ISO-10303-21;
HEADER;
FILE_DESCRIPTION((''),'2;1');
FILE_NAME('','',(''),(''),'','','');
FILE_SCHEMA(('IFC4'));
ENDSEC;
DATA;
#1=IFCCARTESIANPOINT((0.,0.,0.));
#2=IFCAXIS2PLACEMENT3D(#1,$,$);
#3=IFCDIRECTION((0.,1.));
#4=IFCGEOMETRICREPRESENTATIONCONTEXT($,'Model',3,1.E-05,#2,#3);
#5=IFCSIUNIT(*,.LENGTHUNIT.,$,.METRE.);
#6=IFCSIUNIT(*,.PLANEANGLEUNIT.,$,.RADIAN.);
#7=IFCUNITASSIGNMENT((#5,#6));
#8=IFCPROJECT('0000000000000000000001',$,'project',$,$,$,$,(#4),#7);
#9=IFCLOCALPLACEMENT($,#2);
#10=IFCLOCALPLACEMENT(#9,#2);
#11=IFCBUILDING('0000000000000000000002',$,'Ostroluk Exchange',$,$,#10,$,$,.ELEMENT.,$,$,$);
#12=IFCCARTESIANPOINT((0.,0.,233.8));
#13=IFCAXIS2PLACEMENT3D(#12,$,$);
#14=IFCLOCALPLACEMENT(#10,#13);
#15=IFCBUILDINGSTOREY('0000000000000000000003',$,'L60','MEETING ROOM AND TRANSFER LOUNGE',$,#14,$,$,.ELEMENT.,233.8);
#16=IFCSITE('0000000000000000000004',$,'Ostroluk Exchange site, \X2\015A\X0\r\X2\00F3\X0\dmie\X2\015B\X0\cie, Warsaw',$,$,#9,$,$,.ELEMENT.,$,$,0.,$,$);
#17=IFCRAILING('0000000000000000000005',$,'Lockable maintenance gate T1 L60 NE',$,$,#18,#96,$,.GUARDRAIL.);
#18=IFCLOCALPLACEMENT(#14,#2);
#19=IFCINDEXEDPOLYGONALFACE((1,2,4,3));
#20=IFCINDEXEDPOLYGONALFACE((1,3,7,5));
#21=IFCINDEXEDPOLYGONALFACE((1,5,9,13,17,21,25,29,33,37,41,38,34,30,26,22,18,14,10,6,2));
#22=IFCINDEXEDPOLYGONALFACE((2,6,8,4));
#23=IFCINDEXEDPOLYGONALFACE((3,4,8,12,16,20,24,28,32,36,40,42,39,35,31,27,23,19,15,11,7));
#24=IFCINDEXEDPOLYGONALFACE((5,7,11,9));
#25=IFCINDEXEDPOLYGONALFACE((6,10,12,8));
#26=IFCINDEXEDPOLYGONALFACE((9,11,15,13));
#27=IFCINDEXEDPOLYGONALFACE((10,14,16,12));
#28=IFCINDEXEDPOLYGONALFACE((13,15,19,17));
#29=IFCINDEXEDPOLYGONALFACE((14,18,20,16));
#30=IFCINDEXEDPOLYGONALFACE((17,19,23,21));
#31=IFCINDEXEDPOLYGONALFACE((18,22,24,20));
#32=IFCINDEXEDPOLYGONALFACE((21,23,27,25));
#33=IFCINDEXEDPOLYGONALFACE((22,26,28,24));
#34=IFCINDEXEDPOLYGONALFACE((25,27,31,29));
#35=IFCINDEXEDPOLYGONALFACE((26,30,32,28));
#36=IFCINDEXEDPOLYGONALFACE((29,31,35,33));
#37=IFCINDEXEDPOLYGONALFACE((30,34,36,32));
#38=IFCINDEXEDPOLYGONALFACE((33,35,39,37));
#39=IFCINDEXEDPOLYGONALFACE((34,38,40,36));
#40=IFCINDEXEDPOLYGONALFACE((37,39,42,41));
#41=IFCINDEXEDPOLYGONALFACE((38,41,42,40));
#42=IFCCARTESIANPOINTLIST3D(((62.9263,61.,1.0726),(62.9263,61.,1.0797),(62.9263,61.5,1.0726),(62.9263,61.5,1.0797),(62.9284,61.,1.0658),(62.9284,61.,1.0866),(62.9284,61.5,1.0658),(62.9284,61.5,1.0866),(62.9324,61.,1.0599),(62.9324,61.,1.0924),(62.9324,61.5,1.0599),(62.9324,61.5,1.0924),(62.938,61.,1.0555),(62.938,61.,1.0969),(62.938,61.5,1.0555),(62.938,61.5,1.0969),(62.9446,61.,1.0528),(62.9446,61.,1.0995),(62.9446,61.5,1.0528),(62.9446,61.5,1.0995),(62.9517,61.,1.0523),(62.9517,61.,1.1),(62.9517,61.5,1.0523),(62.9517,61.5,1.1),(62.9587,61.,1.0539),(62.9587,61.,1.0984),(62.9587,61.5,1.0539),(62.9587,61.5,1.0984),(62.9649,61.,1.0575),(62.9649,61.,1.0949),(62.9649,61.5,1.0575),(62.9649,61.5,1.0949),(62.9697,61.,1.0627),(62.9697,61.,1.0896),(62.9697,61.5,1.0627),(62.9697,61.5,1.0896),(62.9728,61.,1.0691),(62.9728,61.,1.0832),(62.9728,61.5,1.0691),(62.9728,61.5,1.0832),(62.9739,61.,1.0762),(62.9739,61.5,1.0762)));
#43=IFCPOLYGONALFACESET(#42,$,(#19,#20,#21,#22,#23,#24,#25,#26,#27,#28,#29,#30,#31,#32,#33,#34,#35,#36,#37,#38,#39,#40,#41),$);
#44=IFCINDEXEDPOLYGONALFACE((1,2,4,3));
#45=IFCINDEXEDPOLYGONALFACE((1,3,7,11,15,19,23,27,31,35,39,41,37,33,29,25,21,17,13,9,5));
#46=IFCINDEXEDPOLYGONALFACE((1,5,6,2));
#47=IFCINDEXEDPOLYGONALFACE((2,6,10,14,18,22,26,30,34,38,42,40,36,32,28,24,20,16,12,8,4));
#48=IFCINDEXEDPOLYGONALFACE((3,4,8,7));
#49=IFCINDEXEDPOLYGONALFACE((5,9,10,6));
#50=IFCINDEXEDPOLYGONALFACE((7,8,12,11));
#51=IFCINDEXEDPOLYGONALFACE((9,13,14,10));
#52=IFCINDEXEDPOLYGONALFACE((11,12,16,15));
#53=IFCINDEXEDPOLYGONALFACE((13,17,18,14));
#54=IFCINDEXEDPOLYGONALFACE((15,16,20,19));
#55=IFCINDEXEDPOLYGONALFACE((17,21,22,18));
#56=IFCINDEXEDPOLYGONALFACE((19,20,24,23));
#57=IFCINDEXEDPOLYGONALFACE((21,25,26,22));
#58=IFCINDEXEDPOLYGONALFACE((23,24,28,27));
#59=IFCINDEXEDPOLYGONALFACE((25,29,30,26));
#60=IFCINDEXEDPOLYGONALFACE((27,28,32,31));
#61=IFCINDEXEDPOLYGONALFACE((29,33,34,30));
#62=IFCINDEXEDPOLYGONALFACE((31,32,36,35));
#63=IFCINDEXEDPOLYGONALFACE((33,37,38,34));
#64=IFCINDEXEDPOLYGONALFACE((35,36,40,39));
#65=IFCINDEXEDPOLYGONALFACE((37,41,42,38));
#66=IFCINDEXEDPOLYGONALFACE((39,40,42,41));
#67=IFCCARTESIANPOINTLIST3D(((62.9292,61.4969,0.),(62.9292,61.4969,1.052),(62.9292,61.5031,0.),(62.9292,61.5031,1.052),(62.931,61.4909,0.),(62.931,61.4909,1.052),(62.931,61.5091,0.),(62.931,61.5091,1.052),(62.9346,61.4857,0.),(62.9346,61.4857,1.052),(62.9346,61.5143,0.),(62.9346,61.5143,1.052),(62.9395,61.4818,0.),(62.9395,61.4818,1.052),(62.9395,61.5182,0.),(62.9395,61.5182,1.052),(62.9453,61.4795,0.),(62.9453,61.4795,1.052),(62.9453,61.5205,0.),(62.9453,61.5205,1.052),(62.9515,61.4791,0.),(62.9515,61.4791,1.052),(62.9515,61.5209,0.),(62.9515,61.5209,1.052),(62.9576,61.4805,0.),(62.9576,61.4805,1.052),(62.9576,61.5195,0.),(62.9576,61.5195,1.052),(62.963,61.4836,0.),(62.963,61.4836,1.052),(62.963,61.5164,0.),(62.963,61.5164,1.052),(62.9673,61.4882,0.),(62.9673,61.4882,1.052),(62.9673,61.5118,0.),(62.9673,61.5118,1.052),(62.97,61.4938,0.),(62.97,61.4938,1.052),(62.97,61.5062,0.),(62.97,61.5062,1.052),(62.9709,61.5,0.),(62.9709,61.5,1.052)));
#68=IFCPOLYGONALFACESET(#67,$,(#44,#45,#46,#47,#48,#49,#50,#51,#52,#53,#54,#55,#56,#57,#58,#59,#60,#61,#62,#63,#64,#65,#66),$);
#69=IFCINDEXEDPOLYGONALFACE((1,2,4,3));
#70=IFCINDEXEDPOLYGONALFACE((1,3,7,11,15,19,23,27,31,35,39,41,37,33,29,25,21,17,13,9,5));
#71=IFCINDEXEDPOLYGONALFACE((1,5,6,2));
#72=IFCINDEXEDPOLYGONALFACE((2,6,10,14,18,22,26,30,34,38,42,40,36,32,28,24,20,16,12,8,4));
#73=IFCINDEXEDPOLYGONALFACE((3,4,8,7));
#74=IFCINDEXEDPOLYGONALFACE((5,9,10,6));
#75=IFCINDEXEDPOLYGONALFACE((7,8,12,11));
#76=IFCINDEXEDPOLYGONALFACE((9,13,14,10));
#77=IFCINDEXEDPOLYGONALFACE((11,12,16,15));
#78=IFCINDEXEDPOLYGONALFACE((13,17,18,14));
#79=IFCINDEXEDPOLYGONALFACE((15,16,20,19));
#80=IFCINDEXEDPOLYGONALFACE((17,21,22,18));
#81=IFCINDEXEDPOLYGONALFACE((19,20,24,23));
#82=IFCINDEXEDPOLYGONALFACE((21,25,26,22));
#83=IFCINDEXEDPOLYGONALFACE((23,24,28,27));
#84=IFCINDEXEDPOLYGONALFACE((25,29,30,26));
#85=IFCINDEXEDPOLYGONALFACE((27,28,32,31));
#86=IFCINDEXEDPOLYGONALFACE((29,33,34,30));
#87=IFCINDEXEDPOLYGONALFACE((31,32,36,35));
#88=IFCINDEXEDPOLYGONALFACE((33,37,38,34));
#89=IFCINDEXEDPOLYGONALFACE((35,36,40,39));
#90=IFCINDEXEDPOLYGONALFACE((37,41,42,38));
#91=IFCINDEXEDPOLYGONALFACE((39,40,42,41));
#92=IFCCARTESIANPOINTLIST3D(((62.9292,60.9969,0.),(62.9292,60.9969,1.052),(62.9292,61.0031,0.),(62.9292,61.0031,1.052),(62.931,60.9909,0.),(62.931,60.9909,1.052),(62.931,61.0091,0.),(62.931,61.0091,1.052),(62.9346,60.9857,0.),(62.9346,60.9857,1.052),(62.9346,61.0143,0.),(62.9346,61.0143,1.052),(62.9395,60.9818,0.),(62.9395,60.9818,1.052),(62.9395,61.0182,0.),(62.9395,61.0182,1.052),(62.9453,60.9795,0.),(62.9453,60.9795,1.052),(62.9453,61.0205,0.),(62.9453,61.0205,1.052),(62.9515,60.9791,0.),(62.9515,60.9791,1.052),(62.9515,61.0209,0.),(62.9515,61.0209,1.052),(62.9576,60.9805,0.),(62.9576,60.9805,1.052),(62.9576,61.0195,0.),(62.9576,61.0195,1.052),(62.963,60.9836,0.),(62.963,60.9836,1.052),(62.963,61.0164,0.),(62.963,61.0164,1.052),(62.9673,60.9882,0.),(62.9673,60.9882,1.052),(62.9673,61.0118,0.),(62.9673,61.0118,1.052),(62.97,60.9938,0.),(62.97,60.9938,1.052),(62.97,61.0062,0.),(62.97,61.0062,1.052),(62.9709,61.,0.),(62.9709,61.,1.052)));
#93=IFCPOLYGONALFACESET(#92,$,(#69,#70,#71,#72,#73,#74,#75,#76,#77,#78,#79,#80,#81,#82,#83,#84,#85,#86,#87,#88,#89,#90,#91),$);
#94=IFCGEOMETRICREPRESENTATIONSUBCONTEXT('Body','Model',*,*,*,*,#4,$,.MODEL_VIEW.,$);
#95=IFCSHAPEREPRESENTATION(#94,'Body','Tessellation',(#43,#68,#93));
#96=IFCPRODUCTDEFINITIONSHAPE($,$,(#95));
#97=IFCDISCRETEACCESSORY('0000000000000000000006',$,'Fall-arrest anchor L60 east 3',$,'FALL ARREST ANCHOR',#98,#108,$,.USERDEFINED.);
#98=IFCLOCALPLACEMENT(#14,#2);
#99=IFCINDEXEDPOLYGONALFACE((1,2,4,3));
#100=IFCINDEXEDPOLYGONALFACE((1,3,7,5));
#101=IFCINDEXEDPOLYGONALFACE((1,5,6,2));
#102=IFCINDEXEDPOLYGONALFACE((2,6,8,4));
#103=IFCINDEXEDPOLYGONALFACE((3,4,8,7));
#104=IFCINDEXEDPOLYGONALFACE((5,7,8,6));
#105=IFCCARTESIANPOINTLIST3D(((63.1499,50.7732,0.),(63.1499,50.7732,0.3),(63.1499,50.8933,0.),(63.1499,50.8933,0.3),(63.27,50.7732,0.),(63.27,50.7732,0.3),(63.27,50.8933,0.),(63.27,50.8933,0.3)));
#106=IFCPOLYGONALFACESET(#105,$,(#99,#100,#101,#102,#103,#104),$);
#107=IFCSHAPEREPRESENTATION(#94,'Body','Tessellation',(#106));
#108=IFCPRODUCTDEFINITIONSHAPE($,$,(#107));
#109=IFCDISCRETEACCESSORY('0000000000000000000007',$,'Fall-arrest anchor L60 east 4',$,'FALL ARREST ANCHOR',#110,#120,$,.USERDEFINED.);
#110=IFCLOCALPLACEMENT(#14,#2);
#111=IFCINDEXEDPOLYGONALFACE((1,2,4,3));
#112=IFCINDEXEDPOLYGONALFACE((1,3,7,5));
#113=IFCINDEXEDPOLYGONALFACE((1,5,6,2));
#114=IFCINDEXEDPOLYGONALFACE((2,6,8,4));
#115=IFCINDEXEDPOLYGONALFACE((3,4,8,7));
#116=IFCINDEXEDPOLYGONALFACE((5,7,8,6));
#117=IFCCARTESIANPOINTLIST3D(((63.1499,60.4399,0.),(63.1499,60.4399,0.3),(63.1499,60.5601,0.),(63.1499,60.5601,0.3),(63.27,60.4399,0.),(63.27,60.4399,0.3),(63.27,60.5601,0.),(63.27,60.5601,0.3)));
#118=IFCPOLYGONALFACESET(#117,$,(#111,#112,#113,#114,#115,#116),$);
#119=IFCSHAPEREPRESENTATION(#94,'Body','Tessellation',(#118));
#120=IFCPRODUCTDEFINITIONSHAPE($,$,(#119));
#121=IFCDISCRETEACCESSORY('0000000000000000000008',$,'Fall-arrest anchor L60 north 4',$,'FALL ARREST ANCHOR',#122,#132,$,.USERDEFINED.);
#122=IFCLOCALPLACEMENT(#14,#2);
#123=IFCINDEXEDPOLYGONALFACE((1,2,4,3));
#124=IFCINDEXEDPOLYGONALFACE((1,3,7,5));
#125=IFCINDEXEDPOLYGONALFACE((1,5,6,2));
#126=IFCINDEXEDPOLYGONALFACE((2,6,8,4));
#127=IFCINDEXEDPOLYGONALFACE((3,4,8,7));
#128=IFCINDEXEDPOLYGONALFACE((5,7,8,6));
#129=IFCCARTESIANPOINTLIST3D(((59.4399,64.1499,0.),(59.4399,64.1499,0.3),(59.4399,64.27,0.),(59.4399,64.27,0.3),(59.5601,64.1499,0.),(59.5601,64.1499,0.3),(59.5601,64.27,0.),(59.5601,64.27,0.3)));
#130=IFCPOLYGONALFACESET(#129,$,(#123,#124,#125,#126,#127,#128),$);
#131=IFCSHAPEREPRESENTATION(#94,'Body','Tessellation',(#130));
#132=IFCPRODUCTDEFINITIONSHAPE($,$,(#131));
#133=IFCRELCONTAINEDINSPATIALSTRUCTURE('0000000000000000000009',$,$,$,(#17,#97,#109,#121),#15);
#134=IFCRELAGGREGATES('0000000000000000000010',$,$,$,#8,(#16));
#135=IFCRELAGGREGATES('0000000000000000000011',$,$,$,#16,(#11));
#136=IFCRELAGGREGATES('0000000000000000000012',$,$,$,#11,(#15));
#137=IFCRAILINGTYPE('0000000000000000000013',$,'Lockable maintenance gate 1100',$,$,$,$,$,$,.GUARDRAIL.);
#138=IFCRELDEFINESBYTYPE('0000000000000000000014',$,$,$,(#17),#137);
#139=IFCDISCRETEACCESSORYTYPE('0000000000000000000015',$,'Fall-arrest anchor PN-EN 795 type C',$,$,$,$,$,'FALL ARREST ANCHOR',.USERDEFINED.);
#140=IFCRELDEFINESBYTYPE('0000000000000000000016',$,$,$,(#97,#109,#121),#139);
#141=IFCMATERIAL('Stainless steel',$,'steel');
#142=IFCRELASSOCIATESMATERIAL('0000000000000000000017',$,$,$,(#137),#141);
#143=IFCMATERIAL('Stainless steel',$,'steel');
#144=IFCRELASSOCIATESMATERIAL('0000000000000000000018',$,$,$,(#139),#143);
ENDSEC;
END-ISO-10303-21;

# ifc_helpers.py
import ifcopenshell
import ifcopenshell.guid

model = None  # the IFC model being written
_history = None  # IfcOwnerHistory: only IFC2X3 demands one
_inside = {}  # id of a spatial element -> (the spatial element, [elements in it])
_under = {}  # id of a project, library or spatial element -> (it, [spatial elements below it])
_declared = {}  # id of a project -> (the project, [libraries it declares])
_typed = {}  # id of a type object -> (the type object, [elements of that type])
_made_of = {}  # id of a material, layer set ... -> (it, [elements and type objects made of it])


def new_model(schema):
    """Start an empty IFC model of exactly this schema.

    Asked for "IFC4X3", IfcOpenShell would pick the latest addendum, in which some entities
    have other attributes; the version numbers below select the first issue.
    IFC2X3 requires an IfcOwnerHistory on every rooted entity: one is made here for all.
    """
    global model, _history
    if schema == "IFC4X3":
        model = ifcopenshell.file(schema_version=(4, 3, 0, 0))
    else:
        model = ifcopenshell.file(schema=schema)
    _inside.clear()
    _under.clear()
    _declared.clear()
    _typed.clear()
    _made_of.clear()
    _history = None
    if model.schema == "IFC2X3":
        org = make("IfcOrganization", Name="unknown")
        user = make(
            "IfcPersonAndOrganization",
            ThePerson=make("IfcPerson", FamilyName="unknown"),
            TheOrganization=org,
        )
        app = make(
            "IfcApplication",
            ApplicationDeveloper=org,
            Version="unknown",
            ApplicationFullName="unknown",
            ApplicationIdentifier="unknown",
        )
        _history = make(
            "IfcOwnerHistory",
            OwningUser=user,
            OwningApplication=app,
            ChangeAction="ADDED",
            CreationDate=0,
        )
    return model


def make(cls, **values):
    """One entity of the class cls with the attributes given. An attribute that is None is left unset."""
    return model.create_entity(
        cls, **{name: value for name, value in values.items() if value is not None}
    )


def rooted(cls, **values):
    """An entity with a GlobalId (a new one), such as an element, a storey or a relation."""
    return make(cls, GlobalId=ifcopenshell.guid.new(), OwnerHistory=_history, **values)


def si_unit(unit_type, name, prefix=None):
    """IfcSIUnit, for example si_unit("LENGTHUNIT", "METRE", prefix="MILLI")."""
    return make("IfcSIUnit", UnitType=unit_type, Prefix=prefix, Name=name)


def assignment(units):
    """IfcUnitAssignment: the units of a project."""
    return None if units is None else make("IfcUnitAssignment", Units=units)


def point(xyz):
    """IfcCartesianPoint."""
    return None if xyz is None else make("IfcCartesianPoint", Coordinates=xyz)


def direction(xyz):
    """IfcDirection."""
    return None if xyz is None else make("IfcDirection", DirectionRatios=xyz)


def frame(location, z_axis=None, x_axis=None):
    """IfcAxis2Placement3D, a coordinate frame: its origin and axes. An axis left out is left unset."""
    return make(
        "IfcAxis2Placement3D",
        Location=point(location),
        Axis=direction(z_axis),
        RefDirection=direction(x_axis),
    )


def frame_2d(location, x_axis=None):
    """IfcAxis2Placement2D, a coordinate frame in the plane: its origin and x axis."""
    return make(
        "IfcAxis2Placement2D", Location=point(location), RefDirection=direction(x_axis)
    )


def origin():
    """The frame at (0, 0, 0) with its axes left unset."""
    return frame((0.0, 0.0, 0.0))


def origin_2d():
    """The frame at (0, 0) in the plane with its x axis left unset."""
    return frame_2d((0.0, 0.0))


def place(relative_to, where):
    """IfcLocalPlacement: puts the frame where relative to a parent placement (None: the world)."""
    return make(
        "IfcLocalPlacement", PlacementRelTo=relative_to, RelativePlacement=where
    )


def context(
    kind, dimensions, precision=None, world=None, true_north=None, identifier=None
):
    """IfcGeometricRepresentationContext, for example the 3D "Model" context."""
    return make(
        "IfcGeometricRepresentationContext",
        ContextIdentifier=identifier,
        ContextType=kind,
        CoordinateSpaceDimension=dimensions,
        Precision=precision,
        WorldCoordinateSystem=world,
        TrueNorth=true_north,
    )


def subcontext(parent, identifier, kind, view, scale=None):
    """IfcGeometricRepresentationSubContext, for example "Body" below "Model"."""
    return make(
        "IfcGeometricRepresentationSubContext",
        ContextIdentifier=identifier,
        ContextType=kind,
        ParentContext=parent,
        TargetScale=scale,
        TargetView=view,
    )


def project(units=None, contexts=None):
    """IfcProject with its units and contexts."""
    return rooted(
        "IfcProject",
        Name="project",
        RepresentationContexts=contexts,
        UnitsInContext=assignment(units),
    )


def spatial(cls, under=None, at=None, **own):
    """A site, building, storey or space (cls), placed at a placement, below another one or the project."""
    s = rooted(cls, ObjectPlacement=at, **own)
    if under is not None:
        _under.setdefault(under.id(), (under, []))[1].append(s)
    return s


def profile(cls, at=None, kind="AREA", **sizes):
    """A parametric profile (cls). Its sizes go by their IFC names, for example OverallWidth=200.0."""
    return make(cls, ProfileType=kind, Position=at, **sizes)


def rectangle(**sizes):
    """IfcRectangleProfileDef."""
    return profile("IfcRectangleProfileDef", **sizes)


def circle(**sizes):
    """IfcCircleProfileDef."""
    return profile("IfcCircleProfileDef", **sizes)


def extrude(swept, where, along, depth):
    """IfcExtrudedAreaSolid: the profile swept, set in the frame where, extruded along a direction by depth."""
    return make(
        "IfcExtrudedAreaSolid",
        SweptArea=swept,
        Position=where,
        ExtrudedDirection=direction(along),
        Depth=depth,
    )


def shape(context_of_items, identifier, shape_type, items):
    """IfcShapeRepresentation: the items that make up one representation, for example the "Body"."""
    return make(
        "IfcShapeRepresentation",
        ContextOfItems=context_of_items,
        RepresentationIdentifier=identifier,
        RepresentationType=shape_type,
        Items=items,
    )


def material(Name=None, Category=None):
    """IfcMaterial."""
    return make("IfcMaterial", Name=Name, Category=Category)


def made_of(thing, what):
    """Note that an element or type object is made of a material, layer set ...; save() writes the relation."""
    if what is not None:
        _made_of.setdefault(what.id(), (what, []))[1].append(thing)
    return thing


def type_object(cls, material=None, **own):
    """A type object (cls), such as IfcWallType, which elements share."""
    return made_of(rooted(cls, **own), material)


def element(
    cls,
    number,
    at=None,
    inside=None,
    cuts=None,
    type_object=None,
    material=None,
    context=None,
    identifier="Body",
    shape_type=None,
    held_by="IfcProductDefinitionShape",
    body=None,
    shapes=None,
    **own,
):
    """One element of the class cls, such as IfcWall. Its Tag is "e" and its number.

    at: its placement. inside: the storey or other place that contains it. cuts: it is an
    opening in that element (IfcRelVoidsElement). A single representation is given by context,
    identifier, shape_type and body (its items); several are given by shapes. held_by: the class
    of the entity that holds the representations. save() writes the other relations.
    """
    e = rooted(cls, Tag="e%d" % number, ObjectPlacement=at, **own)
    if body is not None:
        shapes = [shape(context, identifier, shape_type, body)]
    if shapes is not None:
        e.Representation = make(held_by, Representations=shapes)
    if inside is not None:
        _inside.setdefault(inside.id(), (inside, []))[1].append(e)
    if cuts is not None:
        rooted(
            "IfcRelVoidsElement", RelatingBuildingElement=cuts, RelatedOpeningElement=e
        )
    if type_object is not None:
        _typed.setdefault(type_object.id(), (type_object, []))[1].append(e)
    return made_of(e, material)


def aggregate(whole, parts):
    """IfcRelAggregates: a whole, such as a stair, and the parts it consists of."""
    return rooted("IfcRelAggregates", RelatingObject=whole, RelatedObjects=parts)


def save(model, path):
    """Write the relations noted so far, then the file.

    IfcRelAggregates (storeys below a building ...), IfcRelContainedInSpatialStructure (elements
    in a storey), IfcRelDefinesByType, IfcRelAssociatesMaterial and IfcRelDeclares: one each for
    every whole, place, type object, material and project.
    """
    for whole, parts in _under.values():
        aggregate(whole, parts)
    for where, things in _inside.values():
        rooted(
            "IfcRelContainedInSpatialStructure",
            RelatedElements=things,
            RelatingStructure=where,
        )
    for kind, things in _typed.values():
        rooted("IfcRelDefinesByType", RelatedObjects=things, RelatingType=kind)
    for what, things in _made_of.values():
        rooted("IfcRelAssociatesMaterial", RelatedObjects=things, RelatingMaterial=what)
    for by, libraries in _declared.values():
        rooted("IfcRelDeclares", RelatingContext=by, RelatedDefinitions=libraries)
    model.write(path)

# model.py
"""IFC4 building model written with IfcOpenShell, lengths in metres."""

from ifc_helpers import new_model, si_unit, direction, frame, origin, origin_2d, place, context, subcontext, project, spatial, rectangle, circle, extrude, material, type_object, element, save


model = new_model("IFC4")

# Units and contexts
model_context = context("Model", 3, precision=1e-05, world=origin(), true_north=direction((0.0, 1.0)))
body_context = subcontext(model_context, "Body", "Model", "MODEL_VIEW")
ifc_project = project(units=[si_unit("LENGTHUNIT", "METRE"), si_unit("PLANEANGLEUNIT", "RADIAN")], contexts=[model_context])

# Site, building, storey
site_placement = place(None, origin())
site = spatial("IfcSite", under=ifc_project, at=site_placement, Name="Ostroluk Exchange site, Śródmieście, Warsaw", CompositionType="ELEMENT", RefElevation=0.0)
building_placement = place(site_placement, origin())
building = spatial("IfcBuilding", under=site, at=building_placement, Name="Ostroluk Exchange", CompositionType="ELEMENT")
storey_placement = place(building_placement, frame((0.0, 0.0, 233.8)))
storey = spatial("IfcBuildingStorey", under=building, at=storey_placement, Name="L60", Description="MEETING ROOM AND TRANSFER LOUNGE", CompositionType="ELEMENT", Elevation=233.8)

# Railing
ifc_material_1 = material(Name="Stainless steel", Category="steel")
railing_type_1 = type_object("IfcRailingType", Name="Lockable maintenance gate 1100", PredefinedType="GUARDRAIL", material=ifc_material_1)
railing_1_placement = place(storey_placement, frame((62.95, 61.5, 0.0)))
element("IfcRailing", 1, at=railing_1_placement, inside=storey, type_object=railing_type_1, Name="Lockable maintenance gate T1 L60 NE", PredefinedType="GUARDRAIL", context=body_context, shape_type="SweptSolid", body=[
    extrude(circle(Radius=0.0239, at=origin_2d()), frame((0.0, 0.0, 1.0762), z_axis=(0.0, -1.0, 0.0), x_axis=(1.0, 0.0, 0.0)), (0.0, 0.0, 1.0), 0.5),
    extrude(circle(Radius=0.021, at=origin_2d()), origin(), (0.0, 0.0, 1.0), 1.052),
    extrude(circle(Radius=0.021, at=origin_2d()), frame((0.0, -0.5, 0.0)), (0.0, 0.0, 1.0), 1.052),
])

# Discrete accessories
ifc_material_2 = material(Name="Stainless steel", Category="steel")
discrete_accessory_type = type_object("IfcDiscreteAccessoryType", Name="Fall-arrest anchor PN-EN 795 type C", ElementType="FALL ARREST ANCHOR", PredefinedType="USERDEFINED", material=ifc_material_2)
for number, where, z_axis, x_axis, name in (
    (2, (63.21, 50.8333, 0.0), (0.0, 0.0, 1.0), (1.0, 0.0, 0.0), "Fall-arrest anchor L60 east 3"),
    (3, (63.21, 60.5, 0.0), (0.0, 0.0, 1.0), (1.0, 0.0, 0.0), "Fall-arrest anchor L60 east 4"),
    (4, (59.5, 64.21, 0.0), (0.0, 0.0, 1.0), (1.0, 0.0, 0.0), "Fall-arrest anchor L60 north 4"),
):
    element("IfcDiscreteAccessory", number, at=place(storey_placement, frame(where, z_axis=z_axis, x_axis=x_axis)), inside=storey, type_object=discrete_accessory_type, Name=name, ObjectType="FALL ARREST ANCHOR", PredefinedType="USERDEFINED", context=body_context, shape_type="SweptSolid", body=[
        extrude(rectangle(XDim=0.1201, YDim=0.1201, at=origin_2d()), origin(), (0.0, 0.0, 1.0), 0.3),
    ])

save(model, "model.ifc")
